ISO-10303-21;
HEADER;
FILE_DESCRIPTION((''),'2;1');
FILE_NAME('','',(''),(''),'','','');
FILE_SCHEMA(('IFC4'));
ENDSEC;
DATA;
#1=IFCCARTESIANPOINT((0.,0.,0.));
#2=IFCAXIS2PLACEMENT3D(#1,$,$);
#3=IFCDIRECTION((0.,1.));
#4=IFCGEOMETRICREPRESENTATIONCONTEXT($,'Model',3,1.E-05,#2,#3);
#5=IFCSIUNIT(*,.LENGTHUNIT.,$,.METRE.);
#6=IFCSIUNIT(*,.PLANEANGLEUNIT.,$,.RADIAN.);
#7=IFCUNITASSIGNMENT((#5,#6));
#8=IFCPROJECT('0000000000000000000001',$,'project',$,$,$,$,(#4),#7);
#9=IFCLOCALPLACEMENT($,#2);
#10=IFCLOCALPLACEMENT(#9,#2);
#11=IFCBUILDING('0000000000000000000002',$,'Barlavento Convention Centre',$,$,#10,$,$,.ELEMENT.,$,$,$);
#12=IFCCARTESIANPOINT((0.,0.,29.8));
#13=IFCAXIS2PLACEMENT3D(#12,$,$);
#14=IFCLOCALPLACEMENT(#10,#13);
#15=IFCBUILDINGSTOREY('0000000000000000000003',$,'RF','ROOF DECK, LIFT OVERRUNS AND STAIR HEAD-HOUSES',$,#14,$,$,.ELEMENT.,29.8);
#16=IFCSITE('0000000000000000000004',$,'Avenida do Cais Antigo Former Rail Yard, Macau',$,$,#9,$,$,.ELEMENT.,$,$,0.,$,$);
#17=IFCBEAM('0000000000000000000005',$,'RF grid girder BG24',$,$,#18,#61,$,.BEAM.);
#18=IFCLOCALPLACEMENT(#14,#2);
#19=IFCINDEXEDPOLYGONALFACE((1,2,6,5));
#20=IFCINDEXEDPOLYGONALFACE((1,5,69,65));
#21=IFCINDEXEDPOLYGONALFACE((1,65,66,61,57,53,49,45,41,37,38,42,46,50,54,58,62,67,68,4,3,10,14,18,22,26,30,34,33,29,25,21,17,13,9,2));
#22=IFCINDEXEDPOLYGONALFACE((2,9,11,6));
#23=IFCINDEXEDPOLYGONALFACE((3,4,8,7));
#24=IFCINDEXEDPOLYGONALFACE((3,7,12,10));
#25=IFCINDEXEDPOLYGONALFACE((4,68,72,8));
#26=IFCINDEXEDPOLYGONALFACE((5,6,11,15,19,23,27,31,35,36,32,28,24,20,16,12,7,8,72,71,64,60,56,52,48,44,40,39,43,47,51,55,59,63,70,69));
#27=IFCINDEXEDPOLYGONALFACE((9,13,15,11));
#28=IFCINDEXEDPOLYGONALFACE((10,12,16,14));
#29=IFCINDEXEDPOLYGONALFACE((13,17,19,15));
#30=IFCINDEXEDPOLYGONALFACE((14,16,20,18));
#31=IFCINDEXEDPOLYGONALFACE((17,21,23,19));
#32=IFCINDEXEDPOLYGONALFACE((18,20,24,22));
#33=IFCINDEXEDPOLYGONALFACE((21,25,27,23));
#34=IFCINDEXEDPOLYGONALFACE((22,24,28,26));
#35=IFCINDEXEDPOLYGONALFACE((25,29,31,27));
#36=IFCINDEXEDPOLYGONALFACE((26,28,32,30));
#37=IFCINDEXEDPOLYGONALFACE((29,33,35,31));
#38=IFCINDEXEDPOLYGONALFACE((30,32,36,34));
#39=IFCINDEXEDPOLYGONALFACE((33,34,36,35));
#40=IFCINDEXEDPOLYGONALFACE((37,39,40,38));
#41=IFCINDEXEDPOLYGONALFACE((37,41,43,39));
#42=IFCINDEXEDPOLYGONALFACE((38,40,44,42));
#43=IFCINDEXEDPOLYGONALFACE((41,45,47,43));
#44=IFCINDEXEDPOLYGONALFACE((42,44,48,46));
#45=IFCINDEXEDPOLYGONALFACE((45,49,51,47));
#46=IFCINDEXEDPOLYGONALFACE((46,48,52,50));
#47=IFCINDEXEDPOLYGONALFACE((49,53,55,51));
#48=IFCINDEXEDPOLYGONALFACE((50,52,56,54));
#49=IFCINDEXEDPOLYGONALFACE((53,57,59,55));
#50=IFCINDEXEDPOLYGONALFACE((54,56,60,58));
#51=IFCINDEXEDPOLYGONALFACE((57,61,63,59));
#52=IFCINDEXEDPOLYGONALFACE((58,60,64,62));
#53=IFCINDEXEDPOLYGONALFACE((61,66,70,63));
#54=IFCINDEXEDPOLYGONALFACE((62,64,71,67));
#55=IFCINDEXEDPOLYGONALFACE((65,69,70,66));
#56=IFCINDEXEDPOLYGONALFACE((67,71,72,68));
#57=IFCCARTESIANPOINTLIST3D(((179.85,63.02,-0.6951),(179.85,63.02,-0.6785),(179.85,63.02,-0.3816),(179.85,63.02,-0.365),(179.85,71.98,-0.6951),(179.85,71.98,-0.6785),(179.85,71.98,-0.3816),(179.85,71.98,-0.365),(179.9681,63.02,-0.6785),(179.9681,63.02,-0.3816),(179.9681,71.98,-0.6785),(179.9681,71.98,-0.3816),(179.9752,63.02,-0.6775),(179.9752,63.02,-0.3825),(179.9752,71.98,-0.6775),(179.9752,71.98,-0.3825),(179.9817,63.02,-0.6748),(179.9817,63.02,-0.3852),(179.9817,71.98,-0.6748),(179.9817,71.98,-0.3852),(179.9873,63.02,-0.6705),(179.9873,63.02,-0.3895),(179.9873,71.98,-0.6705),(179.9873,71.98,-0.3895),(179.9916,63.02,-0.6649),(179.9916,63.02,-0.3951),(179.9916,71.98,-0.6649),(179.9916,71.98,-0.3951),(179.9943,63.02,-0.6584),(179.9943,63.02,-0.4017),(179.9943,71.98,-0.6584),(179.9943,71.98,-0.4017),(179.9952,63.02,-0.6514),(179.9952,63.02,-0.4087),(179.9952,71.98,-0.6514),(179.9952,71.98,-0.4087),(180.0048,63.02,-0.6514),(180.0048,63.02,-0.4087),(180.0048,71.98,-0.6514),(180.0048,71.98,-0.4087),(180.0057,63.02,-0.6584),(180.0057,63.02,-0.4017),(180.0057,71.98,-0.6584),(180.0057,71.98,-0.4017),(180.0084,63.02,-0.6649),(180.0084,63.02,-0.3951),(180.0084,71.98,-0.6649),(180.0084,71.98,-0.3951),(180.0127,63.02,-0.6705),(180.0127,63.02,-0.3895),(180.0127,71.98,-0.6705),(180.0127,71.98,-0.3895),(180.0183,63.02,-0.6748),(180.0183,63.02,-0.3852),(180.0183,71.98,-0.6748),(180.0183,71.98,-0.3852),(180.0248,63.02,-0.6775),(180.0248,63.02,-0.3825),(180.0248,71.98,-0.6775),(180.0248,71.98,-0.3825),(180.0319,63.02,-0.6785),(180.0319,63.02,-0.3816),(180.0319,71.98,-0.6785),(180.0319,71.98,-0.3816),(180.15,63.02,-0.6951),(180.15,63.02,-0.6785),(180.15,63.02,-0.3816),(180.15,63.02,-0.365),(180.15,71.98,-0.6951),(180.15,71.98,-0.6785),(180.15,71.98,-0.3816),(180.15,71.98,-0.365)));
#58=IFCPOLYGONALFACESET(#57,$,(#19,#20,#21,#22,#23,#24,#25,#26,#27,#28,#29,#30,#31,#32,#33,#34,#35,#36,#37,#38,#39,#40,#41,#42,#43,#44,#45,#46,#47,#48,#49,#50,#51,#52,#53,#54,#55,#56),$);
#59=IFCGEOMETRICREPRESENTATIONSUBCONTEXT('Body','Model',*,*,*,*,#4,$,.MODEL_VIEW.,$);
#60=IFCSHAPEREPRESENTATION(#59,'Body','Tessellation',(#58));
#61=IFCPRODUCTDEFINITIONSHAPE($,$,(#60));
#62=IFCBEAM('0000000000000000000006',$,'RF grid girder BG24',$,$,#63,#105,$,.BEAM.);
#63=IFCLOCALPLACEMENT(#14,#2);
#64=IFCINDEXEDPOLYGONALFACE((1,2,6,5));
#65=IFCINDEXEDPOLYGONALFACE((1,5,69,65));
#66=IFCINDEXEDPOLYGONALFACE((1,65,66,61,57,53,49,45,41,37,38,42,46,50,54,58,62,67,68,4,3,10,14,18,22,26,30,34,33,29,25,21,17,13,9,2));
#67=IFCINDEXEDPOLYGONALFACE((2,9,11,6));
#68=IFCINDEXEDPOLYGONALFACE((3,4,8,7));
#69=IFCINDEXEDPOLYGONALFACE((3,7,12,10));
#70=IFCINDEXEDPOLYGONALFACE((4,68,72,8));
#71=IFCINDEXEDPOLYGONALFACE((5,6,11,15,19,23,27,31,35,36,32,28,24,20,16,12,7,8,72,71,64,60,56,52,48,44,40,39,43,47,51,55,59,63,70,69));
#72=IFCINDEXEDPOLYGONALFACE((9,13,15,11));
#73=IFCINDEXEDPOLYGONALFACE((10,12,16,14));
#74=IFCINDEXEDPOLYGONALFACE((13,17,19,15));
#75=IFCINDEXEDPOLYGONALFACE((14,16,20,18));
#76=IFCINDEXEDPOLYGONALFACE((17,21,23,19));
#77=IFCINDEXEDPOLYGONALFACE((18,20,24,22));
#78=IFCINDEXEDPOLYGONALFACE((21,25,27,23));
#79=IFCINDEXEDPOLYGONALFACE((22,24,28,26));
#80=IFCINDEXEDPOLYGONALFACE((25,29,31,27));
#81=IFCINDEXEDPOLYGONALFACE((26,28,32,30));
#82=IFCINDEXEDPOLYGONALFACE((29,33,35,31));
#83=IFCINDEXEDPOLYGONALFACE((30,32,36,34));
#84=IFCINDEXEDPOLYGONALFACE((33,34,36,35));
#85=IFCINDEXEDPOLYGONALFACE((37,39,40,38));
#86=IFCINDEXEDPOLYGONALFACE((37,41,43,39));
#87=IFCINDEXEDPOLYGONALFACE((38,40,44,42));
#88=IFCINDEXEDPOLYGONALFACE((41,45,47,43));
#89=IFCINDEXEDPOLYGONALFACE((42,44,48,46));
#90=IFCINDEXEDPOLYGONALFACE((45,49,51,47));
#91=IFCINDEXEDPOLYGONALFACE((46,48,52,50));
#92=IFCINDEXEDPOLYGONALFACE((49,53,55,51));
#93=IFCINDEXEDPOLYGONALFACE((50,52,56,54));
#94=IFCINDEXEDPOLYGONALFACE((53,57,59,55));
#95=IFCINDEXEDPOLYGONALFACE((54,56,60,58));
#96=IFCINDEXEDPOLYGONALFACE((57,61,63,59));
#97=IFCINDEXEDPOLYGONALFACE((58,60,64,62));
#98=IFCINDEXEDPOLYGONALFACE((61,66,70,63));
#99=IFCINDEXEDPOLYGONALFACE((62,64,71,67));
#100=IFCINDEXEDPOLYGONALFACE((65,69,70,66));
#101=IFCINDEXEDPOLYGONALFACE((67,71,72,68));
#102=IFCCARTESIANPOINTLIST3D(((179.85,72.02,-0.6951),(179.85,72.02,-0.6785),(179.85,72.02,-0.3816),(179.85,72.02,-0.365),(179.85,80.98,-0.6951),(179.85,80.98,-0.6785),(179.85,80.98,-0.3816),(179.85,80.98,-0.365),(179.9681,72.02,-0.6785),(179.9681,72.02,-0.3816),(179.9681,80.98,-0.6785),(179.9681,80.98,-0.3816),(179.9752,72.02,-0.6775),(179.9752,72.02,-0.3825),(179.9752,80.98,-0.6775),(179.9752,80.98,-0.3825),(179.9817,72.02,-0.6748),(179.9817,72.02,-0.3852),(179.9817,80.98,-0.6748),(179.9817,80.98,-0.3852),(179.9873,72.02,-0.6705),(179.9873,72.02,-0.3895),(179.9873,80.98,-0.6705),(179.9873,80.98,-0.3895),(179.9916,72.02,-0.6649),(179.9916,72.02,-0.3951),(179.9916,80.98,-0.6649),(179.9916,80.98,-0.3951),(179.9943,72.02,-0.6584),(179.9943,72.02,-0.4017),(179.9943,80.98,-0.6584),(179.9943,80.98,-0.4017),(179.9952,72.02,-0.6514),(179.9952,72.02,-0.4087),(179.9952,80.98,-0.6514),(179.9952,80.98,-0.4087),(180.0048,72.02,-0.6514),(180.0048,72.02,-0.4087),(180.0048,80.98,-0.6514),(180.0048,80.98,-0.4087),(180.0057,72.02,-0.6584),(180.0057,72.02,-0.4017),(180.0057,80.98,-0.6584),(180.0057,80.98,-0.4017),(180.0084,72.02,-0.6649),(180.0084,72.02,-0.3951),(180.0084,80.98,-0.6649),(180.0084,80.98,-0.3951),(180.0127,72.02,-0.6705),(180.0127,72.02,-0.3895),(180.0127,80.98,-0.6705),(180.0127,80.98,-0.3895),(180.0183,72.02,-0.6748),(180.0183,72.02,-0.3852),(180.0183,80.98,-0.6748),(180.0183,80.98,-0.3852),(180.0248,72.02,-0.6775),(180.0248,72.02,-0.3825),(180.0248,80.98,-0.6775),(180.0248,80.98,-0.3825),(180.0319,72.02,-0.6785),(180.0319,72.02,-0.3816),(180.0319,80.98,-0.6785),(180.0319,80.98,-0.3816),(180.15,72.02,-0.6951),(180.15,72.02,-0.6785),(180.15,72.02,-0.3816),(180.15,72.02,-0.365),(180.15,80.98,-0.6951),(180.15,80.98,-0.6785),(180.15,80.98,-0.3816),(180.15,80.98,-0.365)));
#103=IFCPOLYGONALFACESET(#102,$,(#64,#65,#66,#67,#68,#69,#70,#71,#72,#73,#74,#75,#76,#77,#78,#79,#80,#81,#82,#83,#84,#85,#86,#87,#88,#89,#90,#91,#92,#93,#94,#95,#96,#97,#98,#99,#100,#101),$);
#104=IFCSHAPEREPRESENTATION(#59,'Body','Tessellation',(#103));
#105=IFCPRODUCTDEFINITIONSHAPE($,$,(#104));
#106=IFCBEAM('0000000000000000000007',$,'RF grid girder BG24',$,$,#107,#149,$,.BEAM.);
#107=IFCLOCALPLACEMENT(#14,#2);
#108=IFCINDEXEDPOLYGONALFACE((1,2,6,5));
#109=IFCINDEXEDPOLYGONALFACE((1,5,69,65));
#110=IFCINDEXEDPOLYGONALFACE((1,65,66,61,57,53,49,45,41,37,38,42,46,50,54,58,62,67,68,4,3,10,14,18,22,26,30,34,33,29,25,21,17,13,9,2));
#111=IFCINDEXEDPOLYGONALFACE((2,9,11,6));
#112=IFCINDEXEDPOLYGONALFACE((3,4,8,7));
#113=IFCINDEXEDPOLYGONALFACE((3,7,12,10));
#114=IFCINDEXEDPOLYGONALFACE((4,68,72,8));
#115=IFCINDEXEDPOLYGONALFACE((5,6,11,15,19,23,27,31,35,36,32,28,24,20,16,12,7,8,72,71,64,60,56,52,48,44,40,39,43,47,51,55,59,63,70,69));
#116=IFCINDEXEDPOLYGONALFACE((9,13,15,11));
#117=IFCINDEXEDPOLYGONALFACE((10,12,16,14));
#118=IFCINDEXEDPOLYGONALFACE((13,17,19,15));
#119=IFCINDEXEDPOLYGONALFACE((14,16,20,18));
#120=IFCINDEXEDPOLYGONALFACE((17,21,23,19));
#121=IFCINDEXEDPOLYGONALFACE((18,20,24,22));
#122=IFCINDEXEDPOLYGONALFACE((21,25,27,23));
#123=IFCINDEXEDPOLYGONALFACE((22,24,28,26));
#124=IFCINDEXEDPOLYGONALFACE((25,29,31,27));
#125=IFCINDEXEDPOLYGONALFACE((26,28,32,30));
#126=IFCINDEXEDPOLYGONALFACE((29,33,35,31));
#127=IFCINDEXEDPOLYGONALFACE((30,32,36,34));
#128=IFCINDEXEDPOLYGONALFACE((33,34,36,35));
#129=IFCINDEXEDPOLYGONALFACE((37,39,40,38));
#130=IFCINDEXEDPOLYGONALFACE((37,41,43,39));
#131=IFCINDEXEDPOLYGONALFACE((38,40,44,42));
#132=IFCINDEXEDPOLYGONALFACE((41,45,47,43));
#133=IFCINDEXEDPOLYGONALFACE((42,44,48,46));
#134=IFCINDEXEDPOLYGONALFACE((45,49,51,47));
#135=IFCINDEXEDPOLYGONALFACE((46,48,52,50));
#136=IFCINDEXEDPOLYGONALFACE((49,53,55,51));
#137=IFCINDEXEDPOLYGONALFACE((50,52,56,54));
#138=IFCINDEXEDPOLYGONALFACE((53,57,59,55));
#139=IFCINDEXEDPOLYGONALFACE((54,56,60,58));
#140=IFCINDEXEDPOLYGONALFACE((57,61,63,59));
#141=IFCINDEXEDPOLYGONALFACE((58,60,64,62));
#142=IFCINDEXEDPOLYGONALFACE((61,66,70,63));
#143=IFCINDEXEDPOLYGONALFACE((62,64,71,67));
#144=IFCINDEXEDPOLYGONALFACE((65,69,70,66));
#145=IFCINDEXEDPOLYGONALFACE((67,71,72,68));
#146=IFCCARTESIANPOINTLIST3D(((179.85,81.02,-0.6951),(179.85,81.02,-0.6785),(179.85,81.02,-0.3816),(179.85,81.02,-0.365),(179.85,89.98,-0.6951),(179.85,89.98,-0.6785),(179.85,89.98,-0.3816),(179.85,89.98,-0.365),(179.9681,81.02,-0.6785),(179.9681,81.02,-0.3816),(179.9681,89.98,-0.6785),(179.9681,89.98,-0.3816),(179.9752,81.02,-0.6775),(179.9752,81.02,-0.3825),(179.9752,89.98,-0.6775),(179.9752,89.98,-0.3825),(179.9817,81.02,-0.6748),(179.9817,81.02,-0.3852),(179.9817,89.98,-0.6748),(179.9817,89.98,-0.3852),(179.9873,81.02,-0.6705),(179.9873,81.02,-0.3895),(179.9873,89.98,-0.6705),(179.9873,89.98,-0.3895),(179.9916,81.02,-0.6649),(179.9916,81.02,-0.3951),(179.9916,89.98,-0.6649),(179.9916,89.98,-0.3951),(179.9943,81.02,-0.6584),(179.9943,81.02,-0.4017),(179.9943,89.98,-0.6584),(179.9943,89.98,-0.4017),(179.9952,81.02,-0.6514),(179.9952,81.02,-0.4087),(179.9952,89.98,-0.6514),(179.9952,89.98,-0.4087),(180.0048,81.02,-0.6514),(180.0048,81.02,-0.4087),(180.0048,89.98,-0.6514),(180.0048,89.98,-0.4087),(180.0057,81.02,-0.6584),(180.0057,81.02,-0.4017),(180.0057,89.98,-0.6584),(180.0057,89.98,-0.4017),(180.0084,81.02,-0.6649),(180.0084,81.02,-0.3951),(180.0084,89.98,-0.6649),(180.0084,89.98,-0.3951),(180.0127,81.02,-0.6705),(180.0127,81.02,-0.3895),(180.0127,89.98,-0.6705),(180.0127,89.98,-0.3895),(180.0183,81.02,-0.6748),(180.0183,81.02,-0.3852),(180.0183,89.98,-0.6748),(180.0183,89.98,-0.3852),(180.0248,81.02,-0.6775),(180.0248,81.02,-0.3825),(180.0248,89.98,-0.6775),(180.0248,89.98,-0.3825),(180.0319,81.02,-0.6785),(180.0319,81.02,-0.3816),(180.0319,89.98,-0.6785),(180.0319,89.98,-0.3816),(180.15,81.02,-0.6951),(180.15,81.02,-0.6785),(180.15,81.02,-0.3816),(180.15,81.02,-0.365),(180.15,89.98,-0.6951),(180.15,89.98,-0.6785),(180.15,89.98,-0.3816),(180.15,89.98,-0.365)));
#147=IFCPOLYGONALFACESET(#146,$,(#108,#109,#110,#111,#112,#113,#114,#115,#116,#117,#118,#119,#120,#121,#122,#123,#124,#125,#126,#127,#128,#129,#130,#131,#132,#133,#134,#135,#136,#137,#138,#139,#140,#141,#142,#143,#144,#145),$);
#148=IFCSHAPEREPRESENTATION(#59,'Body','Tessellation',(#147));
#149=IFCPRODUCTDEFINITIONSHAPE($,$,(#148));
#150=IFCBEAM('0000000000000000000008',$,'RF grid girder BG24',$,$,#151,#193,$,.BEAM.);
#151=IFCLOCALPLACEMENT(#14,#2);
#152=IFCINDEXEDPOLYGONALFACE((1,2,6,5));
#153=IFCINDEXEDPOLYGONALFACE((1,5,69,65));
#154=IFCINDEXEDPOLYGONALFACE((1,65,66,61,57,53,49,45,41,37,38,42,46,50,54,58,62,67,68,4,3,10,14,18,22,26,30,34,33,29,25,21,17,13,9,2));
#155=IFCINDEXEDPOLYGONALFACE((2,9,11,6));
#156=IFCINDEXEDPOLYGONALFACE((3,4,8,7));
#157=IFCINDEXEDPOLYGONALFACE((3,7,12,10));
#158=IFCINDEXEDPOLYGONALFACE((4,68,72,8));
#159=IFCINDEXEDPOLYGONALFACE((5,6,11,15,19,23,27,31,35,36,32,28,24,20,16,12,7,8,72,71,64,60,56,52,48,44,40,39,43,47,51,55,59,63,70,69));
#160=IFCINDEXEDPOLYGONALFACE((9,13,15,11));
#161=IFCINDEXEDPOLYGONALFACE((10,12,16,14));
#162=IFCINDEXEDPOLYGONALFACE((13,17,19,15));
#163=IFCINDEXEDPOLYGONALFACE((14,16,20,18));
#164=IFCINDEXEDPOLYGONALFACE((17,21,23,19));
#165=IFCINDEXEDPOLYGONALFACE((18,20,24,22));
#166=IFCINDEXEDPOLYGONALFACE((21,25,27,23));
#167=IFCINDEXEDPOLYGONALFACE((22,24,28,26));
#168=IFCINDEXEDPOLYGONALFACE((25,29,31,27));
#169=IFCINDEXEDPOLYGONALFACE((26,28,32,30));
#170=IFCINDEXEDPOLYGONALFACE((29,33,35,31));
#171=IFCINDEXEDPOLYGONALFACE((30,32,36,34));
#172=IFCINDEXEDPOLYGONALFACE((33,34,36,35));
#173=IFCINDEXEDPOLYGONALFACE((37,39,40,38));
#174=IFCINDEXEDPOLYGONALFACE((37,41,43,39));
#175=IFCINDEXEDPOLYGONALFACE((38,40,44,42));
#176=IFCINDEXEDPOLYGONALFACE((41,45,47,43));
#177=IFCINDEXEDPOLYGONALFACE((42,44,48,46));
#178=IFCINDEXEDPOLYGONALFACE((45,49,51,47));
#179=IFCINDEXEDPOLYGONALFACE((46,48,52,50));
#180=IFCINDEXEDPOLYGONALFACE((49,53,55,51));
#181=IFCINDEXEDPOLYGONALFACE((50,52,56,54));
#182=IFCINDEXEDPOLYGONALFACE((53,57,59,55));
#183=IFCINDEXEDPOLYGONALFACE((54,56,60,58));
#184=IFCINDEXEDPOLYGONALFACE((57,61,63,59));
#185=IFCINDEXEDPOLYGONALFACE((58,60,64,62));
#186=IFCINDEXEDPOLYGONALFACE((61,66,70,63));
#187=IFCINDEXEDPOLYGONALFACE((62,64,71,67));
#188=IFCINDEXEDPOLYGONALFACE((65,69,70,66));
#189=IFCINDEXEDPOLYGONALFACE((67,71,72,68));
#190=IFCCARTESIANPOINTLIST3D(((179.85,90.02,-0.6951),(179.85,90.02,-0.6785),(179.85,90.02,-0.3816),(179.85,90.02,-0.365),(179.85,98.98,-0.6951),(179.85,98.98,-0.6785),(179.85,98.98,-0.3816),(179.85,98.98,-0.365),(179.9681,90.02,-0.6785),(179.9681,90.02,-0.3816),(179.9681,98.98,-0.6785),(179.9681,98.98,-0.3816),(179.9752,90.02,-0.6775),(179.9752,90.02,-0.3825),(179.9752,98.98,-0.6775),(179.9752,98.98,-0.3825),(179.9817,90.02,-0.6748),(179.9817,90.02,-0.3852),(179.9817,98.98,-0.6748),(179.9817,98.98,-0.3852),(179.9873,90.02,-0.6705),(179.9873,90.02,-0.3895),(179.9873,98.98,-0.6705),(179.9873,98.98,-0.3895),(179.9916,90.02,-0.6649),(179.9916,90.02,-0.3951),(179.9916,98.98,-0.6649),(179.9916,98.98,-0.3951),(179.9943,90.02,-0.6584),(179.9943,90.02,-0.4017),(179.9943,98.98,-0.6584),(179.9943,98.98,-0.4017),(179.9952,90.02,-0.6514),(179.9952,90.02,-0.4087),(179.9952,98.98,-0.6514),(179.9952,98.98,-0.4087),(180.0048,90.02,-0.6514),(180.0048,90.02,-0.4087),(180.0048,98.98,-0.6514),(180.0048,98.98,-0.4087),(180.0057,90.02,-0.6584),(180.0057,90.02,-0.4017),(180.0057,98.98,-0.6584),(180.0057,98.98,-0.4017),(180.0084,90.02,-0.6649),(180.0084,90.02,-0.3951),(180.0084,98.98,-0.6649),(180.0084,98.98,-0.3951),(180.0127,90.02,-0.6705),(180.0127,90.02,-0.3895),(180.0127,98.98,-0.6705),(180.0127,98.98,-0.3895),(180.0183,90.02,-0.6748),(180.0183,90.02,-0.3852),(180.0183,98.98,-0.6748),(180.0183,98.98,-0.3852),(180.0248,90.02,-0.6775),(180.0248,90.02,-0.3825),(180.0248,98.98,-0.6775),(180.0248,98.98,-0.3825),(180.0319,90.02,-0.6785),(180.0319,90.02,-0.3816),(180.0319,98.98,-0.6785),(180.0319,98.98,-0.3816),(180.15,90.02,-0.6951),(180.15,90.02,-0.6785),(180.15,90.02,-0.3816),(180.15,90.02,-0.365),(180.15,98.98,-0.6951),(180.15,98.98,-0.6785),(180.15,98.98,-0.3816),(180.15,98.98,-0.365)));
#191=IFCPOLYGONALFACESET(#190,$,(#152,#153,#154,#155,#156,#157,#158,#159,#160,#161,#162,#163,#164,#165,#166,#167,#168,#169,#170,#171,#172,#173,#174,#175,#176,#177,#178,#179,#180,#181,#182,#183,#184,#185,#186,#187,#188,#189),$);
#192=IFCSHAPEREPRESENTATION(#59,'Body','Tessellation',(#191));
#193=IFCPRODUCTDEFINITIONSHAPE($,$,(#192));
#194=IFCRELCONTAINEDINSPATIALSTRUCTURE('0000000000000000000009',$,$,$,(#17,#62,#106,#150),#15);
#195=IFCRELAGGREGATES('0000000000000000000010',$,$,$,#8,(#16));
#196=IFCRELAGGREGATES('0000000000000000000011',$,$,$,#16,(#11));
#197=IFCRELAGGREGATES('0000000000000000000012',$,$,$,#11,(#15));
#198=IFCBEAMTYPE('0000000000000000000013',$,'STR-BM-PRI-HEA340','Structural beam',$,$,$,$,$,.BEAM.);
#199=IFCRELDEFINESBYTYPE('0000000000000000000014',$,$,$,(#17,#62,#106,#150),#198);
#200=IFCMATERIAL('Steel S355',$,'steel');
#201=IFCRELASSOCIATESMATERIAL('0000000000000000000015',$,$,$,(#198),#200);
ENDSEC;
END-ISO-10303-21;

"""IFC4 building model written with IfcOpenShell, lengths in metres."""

from ifc_helpers import new_model, si_unit, direction, frame, origin, origin_2d, place, context, subcontext, project, spatial, i_section, extrude, material, material_profile, profile_set, type_object, element, save


model = new_model("IFC4")

# Units and contexts
model_context = context("Model", 3, precision=1e-05, world=origin(), true_north=direction((0.0, 1.0)))
body_context = subcontext(model_context, "Body", "Model", "MODEL_VIEW")
ifc_project = project(units=[si_unit("LENGTHUNIT", "METRE"), si_unit("PLANEANGLEUNIT", "RADIAN")], contexts=[model_context])

# Site, building, storey
site_placement = place(None, origin())
site = spatial("IfcSite", under=ifc_project, at=site_placement, Name="Avenida do Cais Antigo Former Rail Yard, Macau", CompositionType="ELEMENT", RefElevation=0.0)
building_placement = place(site_placement, origin())
building = spatial("IfcBuilding", under=site, at=building_placement, Name="Barlavento Convention Centre", CompositionType="ELEMENT")
storey_placement = place(building_placement, frame((0.0, 0.0, 29.8)))
storey = spatial("IfcBuildingStorey", under=building, at=storey_placement, Name="RF", Description="ROOF DECK, LIFT OVERRUNS AND STAIR HEAD-HOUSES", CompositionType="ELEMENT", Elevation=29.8)

# Beams
ifc_material_1 = material(Name="Steel S355", Category="steel")
ifc_material_profile_1 = material_profile(ifc_material_1, i_section(OverallWidth=0.3, OverallDepth=0.3301, WebThickness=0.0095, FlangeThickness=0.0166, FilletRadius=0.0271, at=origin_2d()), Name="HEA 340")
ifc_profile_set_1 = profile_set([ifc_material_profile_1], Name="Steel S355")
beam_type_1 = type_object("IfcBeamType", Name="STR-BM-PRI-HEA340", Description="Structural beam", PredefinedType="BEAM", material=ifc_profile_set_1)
for number, where, z_axis, x_axis, name in (
    (1, (180.0, 63.02, -0.53), (0.0, 1.0, 0.0), (-1.0, 0.0, 0.0), "RF grid girder BG24"),
    (2, (180.0, 72.02, -0.53), (0.0, 1.0, 0.0), (-1.0, 0.0, 0.0), "RF grid girder BG24"),
    (3, (180.0, 81.02, -0.53), (0.0, 1.0, 0.0), (-1.0, 0.0, 0.0), "RF grid girder BG24"),
    (4, (180.0, 90.02, -0.53), (0.0, 1.0, 0.0), (-1.0, 0.0, 0.0), "RF grid girder BG24"),
):
    element("IfcBeam", number, at=place(storey_placement, frame(where, z_axis=z_axis, x_axis=x_axis)), inside=storey, type_object=beam_type_1, Name=name, PredefinedType="BEAM", context=body_context, shape_type="SweptSolid", body=[
        extrude(i_section(OverallWidth=0.3, OverallDepth=0.3301, WebThickness=0.0095, FlangeThickness=0.0166, FilletRadius=0.0271, at=origin_2d()), origin(), (0.0, 0.0, 1.0), 8.96),
    ])

save(model, "model.ifc")
